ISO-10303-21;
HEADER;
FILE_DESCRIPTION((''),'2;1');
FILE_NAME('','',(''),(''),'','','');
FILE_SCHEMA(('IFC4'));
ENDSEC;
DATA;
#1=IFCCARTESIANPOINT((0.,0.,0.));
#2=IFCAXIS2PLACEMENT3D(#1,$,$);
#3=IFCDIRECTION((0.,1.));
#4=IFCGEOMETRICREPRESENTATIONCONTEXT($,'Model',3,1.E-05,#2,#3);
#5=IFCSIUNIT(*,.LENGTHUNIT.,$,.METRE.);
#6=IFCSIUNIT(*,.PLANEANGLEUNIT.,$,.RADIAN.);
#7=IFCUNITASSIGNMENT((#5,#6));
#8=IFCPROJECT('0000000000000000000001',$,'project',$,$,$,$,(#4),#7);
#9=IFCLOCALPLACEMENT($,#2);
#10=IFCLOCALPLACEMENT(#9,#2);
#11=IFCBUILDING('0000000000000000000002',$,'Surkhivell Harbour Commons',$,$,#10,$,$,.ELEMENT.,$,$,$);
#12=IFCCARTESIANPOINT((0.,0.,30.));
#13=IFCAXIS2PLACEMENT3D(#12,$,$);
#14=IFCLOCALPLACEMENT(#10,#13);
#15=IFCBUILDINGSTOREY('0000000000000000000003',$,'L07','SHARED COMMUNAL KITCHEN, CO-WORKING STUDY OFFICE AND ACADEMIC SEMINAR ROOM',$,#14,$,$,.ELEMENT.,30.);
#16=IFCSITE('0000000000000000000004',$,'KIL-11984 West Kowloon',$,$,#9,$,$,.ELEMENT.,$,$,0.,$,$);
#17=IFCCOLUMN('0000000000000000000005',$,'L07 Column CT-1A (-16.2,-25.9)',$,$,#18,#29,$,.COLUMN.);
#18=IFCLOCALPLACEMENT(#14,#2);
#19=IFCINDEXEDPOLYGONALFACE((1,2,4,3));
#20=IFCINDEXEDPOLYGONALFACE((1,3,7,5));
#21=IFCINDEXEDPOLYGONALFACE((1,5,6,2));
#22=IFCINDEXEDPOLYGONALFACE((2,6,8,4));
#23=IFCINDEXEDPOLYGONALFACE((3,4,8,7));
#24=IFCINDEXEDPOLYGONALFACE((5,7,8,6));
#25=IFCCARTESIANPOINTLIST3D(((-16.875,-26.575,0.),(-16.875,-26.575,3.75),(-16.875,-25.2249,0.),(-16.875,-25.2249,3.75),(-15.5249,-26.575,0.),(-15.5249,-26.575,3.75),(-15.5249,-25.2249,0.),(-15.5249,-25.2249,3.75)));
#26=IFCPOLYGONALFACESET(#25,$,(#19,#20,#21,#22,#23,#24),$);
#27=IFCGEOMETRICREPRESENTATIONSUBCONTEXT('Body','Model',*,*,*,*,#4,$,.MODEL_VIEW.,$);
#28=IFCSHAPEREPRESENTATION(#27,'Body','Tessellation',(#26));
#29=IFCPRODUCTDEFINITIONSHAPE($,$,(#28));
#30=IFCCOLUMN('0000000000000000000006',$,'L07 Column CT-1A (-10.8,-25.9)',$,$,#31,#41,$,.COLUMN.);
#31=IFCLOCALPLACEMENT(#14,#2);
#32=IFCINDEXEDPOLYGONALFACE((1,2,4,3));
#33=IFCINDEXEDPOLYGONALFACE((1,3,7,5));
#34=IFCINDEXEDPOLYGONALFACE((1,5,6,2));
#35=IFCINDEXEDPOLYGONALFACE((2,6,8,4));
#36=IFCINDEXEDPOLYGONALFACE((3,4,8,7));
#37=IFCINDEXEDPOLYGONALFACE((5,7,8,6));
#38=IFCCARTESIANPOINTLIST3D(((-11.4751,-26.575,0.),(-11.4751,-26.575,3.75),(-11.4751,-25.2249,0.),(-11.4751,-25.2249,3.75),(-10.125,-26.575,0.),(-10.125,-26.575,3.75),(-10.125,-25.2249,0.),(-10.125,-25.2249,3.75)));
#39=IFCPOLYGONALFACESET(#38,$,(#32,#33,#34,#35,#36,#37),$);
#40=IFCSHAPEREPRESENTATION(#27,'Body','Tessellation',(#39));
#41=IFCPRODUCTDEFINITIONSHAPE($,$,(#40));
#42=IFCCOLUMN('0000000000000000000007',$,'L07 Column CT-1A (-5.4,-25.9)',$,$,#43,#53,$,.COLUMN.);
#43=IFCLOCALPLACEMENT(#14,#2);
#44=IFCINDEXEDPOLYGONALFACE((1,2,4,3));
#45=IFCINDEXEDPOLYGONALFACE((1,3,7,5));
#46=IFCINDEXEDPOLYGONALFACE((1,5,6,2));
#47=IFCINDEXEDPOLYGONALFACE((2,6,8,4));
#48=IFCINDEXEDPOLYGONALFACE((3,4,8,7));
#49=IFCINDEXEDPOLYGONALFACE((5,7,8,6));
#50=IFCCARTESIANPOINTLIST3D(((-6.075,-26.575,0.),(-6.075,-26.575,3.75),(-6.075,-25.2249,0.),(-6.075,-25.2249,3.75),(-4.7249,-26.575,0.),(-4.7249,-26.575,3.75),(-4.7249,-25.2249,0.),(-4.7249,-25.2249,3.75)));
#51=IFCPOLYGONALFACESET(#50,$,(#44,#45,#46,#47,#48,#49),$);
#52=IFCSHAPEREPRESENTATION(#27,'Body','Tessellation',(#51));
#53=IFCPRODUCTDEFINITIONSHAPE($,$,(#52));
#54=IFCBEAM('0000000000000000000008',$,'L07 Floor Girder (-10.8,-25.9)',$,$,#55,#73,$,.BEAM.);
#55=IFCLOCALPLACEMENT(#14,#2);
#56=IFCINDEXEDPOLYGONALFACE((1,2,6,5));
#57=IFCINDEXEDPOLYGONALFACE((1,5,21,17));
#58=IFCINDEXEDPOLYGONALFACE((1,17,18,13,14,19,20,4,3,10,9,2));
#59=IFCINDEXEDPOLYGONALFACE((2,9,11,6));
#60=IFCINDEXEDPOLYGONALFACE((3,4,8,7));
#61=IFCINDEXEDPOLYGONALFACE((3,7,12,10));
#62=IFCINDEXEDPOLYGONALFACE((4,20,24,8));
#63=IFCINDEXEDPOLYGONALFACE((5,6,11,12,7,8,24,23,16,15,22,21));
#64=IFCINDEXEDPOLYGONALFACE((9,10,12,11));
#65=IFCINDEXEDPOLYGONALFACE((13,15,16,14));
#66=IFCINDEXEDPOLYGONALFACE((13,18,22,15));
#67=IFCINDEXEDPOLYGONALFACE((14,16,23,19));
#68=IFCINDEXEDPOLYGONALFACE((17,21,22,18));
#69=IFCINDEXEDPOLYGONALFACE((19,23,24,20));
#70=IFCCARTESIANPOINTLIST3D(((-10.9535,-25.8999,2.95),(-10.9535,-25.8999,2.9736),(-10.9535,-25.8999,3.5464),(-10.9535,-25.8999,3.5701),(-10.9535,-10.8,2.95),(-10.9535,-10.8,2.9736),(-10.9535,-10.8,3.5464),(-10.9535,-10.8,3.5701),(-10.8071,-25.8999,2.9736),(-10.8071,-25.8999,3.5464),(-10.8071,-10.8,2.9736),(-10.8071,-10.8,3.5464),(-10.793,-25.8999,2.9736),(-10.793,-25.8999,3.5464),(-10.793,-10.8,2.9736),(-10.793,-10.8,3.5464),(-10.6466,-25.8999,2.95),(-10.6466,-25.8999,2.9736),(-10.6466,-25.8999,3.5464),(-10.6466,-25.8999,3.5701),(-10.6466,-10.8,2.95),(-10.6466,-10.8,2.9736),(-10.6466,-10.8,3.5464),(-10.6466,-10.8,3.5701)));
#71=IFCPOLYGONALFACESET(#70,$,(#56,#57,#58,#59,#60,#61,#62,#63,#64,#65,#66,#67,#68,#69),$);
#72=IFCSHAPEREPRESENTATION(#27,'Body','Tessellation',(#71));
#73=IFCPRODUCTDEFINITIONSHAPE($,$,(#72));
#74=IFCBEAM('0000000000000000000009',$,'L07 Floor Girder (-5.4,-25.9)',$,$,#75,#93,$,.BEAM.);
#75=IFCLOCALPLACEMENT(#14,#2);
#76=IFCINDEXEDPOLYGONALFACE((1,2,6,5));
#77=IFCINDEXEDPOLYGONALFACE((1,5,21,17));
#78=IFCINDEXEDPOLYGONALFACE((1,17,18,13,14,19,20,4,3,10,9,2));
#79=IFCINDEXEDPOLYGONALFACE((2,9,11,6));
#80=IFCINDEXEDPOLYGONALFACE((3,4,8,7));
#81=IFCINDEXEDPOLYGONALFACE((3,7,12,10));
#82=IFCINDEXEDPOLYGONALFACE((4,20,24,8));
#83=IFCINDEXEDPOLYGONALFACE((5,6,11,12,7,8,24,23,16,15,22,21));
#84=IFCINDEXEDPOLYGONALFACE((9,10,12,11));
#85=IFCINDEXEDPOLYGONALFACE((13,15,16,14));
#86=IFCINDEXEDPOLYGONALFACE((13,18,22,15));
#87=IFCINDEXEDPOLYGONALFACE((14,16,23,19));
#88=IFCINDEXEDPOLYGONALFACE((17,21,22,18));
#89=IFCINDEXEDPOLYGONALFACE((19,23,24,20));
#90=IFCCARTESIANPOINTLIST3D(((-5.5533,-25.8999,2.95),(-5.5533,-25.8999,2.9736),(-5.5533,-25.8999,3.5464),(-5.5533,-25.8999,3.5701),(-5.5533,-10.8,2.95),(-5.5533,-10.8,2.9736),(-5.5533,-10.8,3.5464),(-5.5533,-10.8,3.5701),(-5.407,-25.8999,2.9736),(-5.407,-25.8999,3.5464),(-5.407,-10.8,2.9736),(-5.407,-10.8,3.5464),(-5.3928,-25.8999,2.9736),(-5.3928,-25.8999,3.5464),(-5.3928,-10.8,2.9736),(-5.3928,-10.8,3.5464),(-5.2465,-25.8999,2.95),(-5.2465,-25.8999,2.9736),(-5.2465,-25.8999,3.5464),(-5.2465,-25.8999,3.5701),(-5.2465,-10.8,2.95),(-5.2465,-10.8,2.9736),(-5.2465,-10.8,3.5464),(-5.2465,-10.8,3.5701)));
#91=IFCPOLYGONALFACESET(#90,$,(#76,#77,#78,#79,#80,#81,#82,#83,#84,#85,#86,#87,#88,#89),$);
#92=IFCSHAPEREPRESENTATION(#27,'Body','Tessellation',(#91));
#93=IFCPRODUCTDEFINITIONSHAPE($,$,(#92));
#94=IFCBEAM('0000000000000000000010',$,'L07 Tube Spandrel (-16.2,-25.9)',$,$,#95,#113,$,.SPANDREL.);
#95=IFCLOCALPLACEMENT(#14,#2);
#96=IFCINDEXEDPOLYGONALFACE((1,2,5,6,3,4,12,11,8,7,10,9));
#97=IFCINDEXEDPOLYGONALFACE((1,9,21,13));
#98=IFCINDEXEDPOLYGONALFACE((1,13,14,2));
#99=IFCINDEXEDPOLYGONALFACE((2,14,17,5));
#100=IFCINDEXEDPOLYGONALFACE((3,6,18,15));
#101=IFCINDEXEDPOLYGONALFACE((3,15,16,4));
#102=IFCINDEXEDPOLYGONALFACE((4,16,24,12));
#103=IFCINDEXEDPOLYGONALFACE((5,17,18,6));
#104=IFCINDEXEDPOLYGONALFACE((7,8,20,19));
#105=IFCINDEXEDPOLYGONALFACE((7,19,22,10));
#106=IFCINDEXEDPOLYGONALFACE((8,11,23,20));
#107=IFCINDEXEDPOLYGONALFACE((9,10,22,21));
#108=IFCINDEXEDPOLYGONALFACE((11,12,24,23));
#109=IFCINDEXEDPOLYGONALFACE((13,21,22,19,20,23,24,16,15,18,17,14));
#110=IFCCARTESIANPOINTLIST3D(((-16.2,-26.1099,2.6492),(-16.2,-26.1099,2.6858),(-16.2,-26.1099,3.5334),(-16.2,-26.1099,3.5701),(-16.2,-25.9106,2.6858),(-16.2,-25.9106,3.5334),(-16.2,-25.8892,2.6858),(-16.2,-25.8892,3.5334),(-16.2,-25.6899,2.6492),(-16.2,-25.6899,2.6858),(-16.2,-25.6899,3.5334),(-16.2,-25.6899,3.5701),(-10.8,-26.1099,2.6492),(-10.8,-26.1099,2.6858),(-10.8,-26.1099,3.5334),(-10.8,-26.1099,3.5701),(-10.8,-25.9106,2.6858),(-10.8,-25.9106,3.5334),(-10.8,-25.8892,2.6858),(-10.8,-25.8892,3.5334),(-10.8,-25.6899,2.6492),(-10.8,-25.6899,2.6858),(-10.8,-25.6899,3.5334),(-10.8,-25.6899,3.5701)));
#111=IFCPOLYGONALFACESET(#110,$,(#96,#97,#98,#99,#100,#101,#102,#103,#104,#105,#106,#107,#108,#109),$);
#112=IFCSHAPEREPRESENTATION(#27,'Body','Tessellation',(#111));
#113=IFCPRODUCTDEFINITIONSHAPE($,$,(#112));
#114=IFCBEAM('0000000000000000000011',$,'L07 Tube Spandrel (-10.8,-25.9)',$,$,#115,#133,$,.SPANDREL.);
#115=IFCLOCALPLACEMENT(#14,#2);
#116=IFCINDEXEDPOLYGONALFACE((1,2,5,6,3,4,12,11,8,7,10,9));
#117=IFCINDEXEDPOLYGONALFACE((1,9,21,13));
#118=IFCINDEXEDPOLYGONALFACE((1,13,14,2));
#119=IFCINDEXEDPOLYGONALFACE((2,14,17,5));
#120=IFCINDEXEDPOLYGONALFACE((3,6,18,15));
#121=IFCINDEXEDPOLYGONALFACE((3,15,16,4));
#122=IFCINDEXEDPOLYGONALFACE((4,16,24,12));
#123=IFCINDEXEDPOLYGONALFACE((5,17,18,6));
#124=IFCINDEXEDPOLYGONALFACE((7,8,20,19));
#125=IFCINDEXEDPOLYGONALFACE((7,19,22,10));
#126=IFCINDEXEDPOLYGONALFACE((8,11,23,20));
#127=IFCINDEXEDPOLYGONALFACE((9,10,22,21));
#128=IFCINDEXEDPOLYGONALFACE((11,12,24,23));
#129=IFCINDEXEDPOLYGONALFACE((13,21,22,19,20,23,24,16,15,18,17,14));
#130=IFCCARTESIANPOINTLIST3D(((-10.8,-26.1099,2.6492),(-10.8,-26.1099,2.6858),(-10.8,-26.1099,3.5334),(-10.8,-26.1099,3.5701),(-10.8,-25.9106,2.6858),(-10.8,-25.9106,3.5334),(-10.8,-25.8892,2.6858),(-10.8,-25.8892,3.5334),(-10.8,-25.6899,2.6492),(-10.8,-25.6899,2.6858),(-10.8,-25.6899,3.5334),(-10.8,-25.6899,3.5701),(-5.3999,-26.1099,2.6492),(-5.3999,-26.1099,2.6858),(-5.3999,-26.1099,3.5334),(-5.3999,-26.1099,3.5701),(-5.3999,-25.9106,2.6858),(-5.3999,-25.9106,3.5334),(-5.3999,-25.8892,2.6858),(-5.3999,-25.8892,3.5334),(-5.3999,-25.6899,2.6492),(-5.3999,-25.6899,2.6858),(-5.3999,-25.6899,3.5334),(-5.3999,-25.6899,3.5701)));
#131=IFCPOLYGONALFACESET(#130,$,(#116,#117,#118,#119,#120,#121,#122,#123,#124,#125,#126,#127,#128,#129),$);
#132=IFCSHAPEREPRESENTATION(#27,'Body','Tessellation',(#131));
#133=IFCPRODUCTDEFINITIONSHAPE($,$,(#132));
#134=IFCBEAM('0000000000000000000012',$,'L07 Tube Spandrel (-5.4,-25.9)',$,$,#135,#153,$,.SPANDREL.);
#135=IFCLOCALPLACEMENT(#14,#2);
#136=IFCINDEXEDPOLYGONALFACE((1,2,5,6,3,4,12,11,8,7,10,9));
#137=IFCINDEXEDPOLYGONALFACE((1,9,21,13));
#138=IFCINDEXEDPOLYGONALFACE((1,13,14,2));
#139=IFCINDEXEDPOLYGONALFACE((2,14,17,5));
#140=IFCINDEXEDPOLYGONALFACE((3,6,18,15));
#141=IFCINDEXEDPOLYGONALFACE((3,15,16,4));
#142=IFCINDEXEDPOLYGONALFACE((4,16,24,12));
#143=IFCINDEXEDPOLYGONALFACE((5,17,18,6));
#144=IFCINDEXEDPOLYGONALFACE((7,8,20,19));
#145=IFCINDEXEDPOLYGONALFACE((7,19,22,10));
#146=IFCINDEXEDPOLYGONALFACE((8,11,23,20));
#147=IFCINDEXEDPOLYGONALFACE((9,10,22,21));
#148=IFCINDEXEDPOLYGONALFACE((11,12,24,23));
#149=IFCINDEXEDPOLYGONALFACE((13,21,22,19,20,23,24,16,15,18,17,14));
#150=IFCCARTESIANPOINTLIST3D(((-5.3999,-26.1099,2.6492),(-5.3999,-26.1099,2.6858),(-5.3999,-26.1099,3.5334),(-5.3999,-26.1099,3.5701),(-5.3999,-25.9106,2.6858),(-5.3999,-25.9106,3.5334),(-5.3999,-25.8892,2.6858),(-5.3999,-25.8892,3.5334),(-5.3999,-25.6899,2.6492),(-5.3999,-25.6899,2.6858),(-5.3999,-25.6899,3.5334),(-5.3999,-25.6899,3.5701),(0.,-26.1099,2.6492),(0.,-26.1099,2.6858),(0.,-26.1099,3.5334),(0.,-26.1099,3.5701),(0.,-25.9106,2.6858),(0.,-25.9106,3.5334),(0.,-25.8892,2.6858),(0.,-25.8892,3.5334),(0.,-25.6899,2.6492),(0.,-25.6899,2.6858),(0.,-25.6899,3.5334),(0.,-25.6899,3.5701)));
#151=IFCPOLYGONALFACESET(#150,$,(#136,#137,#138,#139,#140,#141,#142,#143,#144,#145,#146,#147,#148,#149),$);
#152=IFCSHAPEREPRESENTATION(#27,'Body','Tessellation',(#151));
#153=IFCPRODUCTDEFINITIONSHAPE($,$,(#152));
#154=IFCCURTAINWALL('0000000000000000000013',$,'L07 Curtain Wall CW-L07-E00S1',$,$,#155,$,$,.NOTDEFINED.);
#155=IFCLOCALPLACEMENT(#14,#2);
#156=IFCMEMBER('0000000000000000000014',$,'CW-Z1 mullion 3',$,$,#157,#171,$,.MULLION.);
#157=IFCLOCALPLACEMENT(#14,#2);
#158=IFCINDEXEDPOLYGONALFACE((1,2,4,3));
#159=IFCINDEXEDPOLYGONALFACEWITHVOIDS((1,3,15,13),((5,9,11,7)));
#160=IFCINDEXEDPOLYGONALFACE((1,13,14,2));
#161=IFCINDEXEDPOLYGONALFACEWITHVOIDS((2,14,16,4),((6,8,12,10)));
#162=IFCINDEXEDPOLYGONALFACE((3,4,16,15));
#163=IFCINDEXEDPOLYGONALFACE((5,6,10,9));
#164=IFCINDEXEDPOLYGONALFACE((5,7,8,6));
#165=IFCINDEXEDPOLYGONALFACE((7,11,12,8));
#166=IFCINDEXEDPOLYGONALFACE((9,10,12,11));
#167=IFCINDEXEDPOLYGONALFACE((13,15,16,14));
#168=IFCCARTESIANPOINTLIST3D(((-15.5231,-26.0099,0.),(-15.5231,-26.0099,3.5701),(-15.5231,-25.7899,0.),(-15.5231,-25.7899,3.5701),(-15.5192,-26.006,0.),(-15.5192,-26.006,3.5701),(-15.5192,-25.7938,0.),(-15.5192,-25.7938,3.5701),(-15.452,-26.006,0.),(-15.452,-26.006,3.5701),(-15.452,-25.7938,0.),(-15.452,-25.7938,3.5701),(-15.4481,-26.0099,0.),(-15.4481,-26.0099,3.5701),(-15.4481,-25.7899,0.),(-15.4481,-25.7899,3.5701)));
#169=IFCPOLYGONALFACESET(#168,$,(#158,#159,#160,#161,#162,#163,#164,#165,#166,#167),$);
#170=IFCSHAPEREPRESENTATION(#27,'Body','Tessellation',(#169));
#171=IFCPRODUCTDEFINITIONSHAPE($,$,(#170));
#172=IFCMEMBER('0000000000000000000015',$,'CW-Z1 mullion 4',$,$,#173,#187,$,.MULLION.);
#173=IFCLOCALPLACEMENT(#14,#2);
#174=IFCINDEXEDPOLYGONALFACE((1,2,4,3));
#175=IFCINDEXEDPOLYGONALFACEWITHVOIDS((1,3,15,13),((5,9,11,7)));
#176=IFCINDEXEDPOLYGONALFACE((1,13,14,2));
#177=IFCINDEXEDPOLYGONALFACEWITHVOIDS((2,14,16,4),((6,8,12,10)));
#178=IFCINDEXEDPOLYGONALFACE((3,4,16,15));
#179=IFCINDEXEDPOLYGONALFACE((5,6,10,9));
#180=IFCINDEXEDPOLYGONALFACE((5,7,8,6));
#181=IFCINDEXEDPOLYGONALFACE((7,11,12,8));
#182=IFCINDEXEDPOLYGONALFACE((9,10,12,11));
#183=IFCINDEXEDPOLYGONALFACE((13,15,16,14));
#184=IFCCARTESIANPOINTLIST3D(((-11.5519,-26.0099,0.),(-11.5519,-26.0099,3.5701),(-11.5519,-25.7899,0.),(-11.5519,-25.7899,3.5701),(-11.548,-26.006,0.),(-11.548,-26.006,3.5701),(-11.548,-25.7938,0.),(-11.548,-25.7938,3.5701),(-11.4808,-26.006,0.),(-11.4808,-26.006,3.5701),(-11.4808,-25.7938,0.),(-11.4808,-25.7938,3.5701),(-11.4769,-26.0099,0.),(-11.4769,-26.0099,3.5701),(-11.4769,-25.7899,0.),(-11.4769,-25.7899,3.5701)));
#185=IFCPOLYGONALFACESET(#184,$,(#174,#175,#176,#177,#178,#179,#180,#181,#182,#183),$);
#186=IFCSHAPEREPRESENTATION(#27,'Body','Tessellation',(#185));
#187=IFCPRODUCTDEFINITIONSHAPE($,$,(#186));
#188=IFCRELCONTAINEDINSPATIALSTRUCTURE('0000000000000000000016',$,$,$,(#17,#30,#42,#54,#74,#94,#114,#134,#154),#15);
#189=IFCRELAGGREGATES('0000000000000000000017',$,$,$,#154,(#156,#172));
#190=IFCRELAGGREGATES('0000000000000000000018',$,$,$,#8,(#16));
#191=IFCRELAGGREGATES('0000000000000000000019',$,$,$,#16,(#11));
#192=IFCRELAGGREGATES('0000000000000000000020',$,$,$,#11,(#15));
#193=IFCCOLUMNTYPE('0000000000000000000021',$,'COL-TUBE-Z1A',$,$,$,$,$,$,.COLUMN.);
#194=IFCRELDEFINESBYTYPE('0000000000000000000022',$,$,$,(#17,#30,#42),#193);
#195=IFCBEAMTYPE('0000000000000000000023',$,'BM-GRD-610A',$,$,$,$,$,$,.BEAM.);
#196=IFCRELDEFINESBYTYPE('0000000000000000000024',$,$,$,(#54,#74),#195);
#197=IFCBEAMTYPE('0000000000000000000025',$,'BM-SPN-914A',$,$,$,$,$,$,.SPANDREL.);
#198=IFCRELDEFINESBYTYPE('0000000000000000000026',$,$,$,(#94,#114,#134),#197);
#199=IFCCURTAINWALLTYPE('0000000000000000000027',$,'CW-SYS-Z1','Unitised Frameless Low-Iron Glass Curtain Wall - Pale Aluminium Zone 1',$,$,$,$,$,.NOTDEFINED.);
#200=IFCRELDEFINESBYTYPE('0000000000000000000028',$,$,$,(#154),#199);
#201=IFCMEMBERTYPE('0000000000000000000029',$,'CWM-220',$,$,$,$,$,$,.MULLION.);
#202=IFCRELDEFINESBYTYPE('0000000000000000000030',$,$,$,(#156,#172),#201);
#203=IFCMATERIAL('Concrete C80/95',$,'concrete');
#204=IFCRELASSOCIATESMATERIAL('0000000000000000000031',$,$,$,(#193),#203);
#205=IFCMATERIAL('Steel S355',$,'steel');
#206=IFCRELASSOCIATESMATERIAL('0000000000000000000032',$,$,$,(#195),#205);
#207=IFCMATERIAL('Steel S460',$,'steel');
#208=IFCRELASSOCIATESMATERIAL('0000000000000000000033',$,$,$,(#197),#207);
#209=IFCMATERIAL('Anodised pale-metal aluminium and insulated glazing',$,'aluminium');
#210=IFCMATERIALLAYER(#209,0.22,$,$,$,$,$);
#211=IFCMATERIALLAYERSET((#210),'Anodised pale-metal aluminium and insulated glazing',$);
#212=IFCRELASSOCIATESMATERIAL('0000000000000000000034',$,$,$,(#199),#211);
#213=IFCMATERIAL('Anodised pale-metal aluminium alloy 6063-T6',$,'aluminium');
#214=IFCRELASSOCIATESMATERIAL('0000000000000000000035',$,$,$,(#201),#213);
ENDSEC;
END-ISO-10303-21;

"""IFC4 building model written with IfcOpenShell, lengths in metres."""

from ifc_helpers import new_model, si_unit, direction, frame, origin, origin_2d, place, context, subcontext, project, spatial, rectangle, hollow_rectangle, i_section, extrude, material, layer, layer_set, material_profile, profile_set, type_object, element, aggregate, save


model = new_model("IFC4")

# Units and contexts
model_context = context("Model", 3, precision=1e-05, world=origin(), true_north=direction((0.0, 1.0)))
body_context = subcontext(model_context, "Body", "Model", "MODEL_VIEW")
ifc_project = project(units=[si_unit("LENGTHUNIT", "METRE"), si_unit("PLANEANGLEUNIT", "RADIAN")], contexts=[model_context])

# Site, building, storey
site_placement = place(None, origin())
site = spatial("IfcSite", under=ifc_project, at=site_placement, Name="KIL-11984 West Kowloon", CompositionType="ELEMENT", RefElevation=0.0)
building_placement = place(site_placement, origin())
building = spatial("IfcBuilding", under=site, at=building_placement, Name="Surkhivell Harbour Commons", CompositionType="ELEMENT")
storey_placement = place(building_placement, frame((0.0, 0.0, 30.0)))
storey = spatial("IfcBuildingStorey", under=building, at=storey_placement, Name="L07", Description="SHARED COMMUNAL KITCHEN, CO-WORKING STUDY OFFICE AND ACADEMIC SEMINAR ROOM", CompositionType="ELEMENT", Elevation=30.0)

# Columns
ifc_material_1 = material(Name="Concrete C80/95", Category="concrete")
ifc_material_profile_1 = material_profile(ifc_material_1, rectangle(XDim=1.3501, YDim=1.3501, at=origin_2d()), Name="RC-COL-1350x1350")
ifc_profile_set_1 = profile_set([ifc_material_profile_1], Name="Concrete C80/95")
column_type = type_object("IfcColumnType", Name="COL-TUBE-Z1A", PredefinedType="COLUMN", material=ifc_profile_set_1)
for number, where, z_axis, x_axis, name in (
    (1, (-16.2, -25.8999, 0.0), (0.0, 0.0, 1.0), (1.0, 0.0, 0.0), "L07 Column CT-1A (-16.2,-25.9)"),
    (2, (-10.8, -25.8999, 0.0), (0.0, 0.0, 1.0), (1.0, 0.0, 0.0), "L07 Column CT-1A (-10.8,-25.9)"),
    (3, (-5.3999, -25.8999, 0.0), (0.0, 0.0, 1.0), (1.0, 0.0, 0.0), "L07 Column CT-1A (-5.4,-25.9)"),
):
    element("IfcColumn", number, at=place(storey_placement, frame(where, z_axis=z_axis, x_axis=x_axis)), inside=storey, type_object=column_type, Name=name, PredefinedType="COLUMN", context=body_context, shape_type="SweptSolid", body=[
        extrude(rectangle(XDim=1.3501, YDim=1.3501, at=origin_2d()), origin(), (0.0, 0.0, 1.0), 3.75),
    ])

# Beams
ifc_material_2 = material(Name="Steel S355", Category="steel")
ifc_material_profile_2 = material_profile(ifc_material_2, i_section(OverallWidth=0.3069, OverallDepth=0.6201, WebThickness=0.0142, FlangeThickness=0.0237, at=origin_2d()), Name="UB610x305x179")
ifc_profile_set_2 = profile_set([ifc_material_profile_2], Name="Steel S355")
beam_type_1 = type_object("IfcBeamType", Name="BM-GRD-610A", PredefinedType="BEAM", material=ifc_profile_set_2)
for number, where, z_axis, x_axis, name in (
    (4, (-10.8, -25.8999, 3.26), (0.0, 1.0, 0.0), (-1.0, 0.0, 0.0), "L07 Floor Girder (-10.8,-25.9)"),
    (5, (-5.3999, -25.8999, 3.26), (0.0, 1.0, 0.0), (-1.0, 0.0, 0.0), "L07 Floor Girder (-5.4,-25.9)"),
):
    element("IfcBeam", number, at=place(storey_placement, frame(where, z_axis=z_axis, x_axis=x_axis)), inside=storey, type_object=beam_type_1, Name=name, PredefinedType="BEAM", context=body_context, shape_type="SweptSolid", body=[
        extrude(i_section(OverallWidth=0.3069, OverallDepth=0.6201, WebThickness=0.0142, FlangeThickness=0.0237, at=origin_2d()), origin(), (0.0, 0.0, 1.0), 15.0999),
    ])
ifc_material_3 = material(Name="Steel S460", Category="steel")
ifc_material_profile_3 = material_profile(ifc_material_3, i_section(OverallWidth=0.4199, OverallDepth=0.9209, WebThickness=0.0215, FlangeThickness=0.0366, at=origin_2d()), Name="UB914x419x388")
ifc_profile_set_3 = profile_set([ifc_material_profile_3], Name="Steel S460")
beam_type_2 = type_object("IfcBeamType", Name="BM-SPN-914A", PredefinedType="SPANDREL", material=ifc_profile_set_3)
beam_1_placement = place(storey_placement, frame((-16.2, -25.8999, 3.1096), z_axis=(1.0, 0.0, 0.0), x_axis=(0.0, 1.0, 0.0)))
element("IfcBeam", 6, at=beam_1_placement, inside=storey, type_object=beam_type_2, Name="L07 Tube Spandrel (-16.2,-25.9)", PredefinedType="SPANDREL", context=body_context, shape_type="SweptSolid", body=[
    extrude(i_section(OverallWidth=0.4199, OverallDepth=0.9209, WebThickness=0.0215, FlangeThickness=0.0366, at=origin_2d()), origin(), (0.0, 0.0, 1.0), 5.3999),
])
beam_2_placement = place(storey_placement, frame((-10.8, -25.8999, 3.1096), z_axis=(1.0, 0.0, 0.0), x_axis=(0.0, 1.0, 0.0)))
element("IfcBeam", 7, at=beam_2_placement, inside=storey, type_object=beam_type_2, Name="L07 Tube Spandrel (-10.8,-25.9)", PredefinedType="SPANDREL", context=body_context, shape_type="SweptSolid", body=[
    extrude(i_section(OverallWidth=0.4199, OverallDepth=0.9209, WebThickness=0.0215, FlangeThickness=0.0366, at=origin_2d()), origin(), (0.0, 0.0, 1.0), 5.4001),
])
beam_3_placement = place(storey_placement, frame((-5.3999, -25.8999, 3.1096), z_axis=(1.0, 0.0, 0.0), x_axis=(0.0, 1.0, 0.0)))
element("IfcBeam", 8, at=beam_3_placement, inside=storey, type_object=beam_type_2, Name="L07 Tube Spandrel (-5.4,-25.9)", PredefinedType="SPANDREL", context=body_context, shape_type="SweptSolid", body=[
    extrude(i_section(OverallWidth=0.4199, OverallDepth=0.9209, WebThickness=0.0215, FlangeThickness=0.0366, at=origin_2d()), origin(), (0.0, 0.0, 1.0), 5.3999),
])

# Curtain wall, members
ifc_material_4 = material(Name="Anodised pale-metal aluminium and insulated glazing", Category="aluminium")
ifc_layer_1 = layer(ifc_material_4, 0.22)
ifc_layer_set_1 = layer_set([ifc_layer_1], Name="Anodised pale-metal aluminium and insulated glazing")
curtain_wall_type = type_object("IfcCurtainWallType", Name="CW-SYS-Z1", Description="Unitised Frameless Low-Iron Glass Curtain Wall - Pale Aluminium Zone 1", PredefinedType="NOTDEFINED", material=ifc_layer_set_1)
curtain_wall_placement = place(storey_placement, origin())
curtain_wall = element("IfcCurtainWall", 9, at=curtain_wall_placement, inside=storey, type_object=curtain_wall_type, Name="L07 Curtain Wall CW-L07-E00S1", PredefinedType="NOTDEFINED")
ifc_material_5 = material(Name="Anodised pale-metal aluminium alloy 6063-T6", Category="aluminium")
ifc_material_profile_4 = material_profile(ifc_material_5, hollow_rectangle(XDim=0.075, YDim=0.22, WallThickness=0.0039, at=origin_2d()), Name="ALU-MULL-75x220")
ifc_profile_set_4 = profile_set([ifc_material_profile_4], Name="Anodised pale-metal aluminium alloy 6063-T6")
member_type_1 = type_object("IfcMemberType", Name="CWM-220", PredefinedType="MULLION", material=ifc_profile_set_4)
member_1_placement = place(storey_placement, frame((-15.4856, -25.8999, 0.0), z_axis=(0.0, 0.0, 1.0), x_axis=(1.0, 0.0, 0.0)))
member_1 = element("IfcMember", 10, at=member_1_placement, type_object=member_type_1, Name="CW-Z1 mullion 3", PredefinedType="MULLION", context=body_context, shape_type="SweptSolid", body=[
    extrude(hollow_rectangle(XDim=0.075, YDim=0.22, WallThickness=0.0039, at=origin_2d()), origin(), (0.0, 0.0, 1.0), 3.5701),
])
member_2_placement = place(storey_placement, frame((-11.5144, -25.8999, 0.0), z_axis=(0.0, 0.0, 1.0), x_axis=(1.0, 0.0, 0.0)))
member_2 = element("IfcMember", 11, at=member_2_placement, type_object=member_type_1, Name="CW-Z1 mullion 4", PredefinedType="MULLION", context=body_context, shape_type="SweptSolid", body=[
    extrude(hollow_rectangle(XDim=0.075, YDim=0.22, WallThickness=0.0039, at=origin_2d()), origin(), (0.0, 0.0, 1.0), 3.5701),
])

aggregate(curtain_wall, [member_1, member_2])

save(model, "model.ifc")
